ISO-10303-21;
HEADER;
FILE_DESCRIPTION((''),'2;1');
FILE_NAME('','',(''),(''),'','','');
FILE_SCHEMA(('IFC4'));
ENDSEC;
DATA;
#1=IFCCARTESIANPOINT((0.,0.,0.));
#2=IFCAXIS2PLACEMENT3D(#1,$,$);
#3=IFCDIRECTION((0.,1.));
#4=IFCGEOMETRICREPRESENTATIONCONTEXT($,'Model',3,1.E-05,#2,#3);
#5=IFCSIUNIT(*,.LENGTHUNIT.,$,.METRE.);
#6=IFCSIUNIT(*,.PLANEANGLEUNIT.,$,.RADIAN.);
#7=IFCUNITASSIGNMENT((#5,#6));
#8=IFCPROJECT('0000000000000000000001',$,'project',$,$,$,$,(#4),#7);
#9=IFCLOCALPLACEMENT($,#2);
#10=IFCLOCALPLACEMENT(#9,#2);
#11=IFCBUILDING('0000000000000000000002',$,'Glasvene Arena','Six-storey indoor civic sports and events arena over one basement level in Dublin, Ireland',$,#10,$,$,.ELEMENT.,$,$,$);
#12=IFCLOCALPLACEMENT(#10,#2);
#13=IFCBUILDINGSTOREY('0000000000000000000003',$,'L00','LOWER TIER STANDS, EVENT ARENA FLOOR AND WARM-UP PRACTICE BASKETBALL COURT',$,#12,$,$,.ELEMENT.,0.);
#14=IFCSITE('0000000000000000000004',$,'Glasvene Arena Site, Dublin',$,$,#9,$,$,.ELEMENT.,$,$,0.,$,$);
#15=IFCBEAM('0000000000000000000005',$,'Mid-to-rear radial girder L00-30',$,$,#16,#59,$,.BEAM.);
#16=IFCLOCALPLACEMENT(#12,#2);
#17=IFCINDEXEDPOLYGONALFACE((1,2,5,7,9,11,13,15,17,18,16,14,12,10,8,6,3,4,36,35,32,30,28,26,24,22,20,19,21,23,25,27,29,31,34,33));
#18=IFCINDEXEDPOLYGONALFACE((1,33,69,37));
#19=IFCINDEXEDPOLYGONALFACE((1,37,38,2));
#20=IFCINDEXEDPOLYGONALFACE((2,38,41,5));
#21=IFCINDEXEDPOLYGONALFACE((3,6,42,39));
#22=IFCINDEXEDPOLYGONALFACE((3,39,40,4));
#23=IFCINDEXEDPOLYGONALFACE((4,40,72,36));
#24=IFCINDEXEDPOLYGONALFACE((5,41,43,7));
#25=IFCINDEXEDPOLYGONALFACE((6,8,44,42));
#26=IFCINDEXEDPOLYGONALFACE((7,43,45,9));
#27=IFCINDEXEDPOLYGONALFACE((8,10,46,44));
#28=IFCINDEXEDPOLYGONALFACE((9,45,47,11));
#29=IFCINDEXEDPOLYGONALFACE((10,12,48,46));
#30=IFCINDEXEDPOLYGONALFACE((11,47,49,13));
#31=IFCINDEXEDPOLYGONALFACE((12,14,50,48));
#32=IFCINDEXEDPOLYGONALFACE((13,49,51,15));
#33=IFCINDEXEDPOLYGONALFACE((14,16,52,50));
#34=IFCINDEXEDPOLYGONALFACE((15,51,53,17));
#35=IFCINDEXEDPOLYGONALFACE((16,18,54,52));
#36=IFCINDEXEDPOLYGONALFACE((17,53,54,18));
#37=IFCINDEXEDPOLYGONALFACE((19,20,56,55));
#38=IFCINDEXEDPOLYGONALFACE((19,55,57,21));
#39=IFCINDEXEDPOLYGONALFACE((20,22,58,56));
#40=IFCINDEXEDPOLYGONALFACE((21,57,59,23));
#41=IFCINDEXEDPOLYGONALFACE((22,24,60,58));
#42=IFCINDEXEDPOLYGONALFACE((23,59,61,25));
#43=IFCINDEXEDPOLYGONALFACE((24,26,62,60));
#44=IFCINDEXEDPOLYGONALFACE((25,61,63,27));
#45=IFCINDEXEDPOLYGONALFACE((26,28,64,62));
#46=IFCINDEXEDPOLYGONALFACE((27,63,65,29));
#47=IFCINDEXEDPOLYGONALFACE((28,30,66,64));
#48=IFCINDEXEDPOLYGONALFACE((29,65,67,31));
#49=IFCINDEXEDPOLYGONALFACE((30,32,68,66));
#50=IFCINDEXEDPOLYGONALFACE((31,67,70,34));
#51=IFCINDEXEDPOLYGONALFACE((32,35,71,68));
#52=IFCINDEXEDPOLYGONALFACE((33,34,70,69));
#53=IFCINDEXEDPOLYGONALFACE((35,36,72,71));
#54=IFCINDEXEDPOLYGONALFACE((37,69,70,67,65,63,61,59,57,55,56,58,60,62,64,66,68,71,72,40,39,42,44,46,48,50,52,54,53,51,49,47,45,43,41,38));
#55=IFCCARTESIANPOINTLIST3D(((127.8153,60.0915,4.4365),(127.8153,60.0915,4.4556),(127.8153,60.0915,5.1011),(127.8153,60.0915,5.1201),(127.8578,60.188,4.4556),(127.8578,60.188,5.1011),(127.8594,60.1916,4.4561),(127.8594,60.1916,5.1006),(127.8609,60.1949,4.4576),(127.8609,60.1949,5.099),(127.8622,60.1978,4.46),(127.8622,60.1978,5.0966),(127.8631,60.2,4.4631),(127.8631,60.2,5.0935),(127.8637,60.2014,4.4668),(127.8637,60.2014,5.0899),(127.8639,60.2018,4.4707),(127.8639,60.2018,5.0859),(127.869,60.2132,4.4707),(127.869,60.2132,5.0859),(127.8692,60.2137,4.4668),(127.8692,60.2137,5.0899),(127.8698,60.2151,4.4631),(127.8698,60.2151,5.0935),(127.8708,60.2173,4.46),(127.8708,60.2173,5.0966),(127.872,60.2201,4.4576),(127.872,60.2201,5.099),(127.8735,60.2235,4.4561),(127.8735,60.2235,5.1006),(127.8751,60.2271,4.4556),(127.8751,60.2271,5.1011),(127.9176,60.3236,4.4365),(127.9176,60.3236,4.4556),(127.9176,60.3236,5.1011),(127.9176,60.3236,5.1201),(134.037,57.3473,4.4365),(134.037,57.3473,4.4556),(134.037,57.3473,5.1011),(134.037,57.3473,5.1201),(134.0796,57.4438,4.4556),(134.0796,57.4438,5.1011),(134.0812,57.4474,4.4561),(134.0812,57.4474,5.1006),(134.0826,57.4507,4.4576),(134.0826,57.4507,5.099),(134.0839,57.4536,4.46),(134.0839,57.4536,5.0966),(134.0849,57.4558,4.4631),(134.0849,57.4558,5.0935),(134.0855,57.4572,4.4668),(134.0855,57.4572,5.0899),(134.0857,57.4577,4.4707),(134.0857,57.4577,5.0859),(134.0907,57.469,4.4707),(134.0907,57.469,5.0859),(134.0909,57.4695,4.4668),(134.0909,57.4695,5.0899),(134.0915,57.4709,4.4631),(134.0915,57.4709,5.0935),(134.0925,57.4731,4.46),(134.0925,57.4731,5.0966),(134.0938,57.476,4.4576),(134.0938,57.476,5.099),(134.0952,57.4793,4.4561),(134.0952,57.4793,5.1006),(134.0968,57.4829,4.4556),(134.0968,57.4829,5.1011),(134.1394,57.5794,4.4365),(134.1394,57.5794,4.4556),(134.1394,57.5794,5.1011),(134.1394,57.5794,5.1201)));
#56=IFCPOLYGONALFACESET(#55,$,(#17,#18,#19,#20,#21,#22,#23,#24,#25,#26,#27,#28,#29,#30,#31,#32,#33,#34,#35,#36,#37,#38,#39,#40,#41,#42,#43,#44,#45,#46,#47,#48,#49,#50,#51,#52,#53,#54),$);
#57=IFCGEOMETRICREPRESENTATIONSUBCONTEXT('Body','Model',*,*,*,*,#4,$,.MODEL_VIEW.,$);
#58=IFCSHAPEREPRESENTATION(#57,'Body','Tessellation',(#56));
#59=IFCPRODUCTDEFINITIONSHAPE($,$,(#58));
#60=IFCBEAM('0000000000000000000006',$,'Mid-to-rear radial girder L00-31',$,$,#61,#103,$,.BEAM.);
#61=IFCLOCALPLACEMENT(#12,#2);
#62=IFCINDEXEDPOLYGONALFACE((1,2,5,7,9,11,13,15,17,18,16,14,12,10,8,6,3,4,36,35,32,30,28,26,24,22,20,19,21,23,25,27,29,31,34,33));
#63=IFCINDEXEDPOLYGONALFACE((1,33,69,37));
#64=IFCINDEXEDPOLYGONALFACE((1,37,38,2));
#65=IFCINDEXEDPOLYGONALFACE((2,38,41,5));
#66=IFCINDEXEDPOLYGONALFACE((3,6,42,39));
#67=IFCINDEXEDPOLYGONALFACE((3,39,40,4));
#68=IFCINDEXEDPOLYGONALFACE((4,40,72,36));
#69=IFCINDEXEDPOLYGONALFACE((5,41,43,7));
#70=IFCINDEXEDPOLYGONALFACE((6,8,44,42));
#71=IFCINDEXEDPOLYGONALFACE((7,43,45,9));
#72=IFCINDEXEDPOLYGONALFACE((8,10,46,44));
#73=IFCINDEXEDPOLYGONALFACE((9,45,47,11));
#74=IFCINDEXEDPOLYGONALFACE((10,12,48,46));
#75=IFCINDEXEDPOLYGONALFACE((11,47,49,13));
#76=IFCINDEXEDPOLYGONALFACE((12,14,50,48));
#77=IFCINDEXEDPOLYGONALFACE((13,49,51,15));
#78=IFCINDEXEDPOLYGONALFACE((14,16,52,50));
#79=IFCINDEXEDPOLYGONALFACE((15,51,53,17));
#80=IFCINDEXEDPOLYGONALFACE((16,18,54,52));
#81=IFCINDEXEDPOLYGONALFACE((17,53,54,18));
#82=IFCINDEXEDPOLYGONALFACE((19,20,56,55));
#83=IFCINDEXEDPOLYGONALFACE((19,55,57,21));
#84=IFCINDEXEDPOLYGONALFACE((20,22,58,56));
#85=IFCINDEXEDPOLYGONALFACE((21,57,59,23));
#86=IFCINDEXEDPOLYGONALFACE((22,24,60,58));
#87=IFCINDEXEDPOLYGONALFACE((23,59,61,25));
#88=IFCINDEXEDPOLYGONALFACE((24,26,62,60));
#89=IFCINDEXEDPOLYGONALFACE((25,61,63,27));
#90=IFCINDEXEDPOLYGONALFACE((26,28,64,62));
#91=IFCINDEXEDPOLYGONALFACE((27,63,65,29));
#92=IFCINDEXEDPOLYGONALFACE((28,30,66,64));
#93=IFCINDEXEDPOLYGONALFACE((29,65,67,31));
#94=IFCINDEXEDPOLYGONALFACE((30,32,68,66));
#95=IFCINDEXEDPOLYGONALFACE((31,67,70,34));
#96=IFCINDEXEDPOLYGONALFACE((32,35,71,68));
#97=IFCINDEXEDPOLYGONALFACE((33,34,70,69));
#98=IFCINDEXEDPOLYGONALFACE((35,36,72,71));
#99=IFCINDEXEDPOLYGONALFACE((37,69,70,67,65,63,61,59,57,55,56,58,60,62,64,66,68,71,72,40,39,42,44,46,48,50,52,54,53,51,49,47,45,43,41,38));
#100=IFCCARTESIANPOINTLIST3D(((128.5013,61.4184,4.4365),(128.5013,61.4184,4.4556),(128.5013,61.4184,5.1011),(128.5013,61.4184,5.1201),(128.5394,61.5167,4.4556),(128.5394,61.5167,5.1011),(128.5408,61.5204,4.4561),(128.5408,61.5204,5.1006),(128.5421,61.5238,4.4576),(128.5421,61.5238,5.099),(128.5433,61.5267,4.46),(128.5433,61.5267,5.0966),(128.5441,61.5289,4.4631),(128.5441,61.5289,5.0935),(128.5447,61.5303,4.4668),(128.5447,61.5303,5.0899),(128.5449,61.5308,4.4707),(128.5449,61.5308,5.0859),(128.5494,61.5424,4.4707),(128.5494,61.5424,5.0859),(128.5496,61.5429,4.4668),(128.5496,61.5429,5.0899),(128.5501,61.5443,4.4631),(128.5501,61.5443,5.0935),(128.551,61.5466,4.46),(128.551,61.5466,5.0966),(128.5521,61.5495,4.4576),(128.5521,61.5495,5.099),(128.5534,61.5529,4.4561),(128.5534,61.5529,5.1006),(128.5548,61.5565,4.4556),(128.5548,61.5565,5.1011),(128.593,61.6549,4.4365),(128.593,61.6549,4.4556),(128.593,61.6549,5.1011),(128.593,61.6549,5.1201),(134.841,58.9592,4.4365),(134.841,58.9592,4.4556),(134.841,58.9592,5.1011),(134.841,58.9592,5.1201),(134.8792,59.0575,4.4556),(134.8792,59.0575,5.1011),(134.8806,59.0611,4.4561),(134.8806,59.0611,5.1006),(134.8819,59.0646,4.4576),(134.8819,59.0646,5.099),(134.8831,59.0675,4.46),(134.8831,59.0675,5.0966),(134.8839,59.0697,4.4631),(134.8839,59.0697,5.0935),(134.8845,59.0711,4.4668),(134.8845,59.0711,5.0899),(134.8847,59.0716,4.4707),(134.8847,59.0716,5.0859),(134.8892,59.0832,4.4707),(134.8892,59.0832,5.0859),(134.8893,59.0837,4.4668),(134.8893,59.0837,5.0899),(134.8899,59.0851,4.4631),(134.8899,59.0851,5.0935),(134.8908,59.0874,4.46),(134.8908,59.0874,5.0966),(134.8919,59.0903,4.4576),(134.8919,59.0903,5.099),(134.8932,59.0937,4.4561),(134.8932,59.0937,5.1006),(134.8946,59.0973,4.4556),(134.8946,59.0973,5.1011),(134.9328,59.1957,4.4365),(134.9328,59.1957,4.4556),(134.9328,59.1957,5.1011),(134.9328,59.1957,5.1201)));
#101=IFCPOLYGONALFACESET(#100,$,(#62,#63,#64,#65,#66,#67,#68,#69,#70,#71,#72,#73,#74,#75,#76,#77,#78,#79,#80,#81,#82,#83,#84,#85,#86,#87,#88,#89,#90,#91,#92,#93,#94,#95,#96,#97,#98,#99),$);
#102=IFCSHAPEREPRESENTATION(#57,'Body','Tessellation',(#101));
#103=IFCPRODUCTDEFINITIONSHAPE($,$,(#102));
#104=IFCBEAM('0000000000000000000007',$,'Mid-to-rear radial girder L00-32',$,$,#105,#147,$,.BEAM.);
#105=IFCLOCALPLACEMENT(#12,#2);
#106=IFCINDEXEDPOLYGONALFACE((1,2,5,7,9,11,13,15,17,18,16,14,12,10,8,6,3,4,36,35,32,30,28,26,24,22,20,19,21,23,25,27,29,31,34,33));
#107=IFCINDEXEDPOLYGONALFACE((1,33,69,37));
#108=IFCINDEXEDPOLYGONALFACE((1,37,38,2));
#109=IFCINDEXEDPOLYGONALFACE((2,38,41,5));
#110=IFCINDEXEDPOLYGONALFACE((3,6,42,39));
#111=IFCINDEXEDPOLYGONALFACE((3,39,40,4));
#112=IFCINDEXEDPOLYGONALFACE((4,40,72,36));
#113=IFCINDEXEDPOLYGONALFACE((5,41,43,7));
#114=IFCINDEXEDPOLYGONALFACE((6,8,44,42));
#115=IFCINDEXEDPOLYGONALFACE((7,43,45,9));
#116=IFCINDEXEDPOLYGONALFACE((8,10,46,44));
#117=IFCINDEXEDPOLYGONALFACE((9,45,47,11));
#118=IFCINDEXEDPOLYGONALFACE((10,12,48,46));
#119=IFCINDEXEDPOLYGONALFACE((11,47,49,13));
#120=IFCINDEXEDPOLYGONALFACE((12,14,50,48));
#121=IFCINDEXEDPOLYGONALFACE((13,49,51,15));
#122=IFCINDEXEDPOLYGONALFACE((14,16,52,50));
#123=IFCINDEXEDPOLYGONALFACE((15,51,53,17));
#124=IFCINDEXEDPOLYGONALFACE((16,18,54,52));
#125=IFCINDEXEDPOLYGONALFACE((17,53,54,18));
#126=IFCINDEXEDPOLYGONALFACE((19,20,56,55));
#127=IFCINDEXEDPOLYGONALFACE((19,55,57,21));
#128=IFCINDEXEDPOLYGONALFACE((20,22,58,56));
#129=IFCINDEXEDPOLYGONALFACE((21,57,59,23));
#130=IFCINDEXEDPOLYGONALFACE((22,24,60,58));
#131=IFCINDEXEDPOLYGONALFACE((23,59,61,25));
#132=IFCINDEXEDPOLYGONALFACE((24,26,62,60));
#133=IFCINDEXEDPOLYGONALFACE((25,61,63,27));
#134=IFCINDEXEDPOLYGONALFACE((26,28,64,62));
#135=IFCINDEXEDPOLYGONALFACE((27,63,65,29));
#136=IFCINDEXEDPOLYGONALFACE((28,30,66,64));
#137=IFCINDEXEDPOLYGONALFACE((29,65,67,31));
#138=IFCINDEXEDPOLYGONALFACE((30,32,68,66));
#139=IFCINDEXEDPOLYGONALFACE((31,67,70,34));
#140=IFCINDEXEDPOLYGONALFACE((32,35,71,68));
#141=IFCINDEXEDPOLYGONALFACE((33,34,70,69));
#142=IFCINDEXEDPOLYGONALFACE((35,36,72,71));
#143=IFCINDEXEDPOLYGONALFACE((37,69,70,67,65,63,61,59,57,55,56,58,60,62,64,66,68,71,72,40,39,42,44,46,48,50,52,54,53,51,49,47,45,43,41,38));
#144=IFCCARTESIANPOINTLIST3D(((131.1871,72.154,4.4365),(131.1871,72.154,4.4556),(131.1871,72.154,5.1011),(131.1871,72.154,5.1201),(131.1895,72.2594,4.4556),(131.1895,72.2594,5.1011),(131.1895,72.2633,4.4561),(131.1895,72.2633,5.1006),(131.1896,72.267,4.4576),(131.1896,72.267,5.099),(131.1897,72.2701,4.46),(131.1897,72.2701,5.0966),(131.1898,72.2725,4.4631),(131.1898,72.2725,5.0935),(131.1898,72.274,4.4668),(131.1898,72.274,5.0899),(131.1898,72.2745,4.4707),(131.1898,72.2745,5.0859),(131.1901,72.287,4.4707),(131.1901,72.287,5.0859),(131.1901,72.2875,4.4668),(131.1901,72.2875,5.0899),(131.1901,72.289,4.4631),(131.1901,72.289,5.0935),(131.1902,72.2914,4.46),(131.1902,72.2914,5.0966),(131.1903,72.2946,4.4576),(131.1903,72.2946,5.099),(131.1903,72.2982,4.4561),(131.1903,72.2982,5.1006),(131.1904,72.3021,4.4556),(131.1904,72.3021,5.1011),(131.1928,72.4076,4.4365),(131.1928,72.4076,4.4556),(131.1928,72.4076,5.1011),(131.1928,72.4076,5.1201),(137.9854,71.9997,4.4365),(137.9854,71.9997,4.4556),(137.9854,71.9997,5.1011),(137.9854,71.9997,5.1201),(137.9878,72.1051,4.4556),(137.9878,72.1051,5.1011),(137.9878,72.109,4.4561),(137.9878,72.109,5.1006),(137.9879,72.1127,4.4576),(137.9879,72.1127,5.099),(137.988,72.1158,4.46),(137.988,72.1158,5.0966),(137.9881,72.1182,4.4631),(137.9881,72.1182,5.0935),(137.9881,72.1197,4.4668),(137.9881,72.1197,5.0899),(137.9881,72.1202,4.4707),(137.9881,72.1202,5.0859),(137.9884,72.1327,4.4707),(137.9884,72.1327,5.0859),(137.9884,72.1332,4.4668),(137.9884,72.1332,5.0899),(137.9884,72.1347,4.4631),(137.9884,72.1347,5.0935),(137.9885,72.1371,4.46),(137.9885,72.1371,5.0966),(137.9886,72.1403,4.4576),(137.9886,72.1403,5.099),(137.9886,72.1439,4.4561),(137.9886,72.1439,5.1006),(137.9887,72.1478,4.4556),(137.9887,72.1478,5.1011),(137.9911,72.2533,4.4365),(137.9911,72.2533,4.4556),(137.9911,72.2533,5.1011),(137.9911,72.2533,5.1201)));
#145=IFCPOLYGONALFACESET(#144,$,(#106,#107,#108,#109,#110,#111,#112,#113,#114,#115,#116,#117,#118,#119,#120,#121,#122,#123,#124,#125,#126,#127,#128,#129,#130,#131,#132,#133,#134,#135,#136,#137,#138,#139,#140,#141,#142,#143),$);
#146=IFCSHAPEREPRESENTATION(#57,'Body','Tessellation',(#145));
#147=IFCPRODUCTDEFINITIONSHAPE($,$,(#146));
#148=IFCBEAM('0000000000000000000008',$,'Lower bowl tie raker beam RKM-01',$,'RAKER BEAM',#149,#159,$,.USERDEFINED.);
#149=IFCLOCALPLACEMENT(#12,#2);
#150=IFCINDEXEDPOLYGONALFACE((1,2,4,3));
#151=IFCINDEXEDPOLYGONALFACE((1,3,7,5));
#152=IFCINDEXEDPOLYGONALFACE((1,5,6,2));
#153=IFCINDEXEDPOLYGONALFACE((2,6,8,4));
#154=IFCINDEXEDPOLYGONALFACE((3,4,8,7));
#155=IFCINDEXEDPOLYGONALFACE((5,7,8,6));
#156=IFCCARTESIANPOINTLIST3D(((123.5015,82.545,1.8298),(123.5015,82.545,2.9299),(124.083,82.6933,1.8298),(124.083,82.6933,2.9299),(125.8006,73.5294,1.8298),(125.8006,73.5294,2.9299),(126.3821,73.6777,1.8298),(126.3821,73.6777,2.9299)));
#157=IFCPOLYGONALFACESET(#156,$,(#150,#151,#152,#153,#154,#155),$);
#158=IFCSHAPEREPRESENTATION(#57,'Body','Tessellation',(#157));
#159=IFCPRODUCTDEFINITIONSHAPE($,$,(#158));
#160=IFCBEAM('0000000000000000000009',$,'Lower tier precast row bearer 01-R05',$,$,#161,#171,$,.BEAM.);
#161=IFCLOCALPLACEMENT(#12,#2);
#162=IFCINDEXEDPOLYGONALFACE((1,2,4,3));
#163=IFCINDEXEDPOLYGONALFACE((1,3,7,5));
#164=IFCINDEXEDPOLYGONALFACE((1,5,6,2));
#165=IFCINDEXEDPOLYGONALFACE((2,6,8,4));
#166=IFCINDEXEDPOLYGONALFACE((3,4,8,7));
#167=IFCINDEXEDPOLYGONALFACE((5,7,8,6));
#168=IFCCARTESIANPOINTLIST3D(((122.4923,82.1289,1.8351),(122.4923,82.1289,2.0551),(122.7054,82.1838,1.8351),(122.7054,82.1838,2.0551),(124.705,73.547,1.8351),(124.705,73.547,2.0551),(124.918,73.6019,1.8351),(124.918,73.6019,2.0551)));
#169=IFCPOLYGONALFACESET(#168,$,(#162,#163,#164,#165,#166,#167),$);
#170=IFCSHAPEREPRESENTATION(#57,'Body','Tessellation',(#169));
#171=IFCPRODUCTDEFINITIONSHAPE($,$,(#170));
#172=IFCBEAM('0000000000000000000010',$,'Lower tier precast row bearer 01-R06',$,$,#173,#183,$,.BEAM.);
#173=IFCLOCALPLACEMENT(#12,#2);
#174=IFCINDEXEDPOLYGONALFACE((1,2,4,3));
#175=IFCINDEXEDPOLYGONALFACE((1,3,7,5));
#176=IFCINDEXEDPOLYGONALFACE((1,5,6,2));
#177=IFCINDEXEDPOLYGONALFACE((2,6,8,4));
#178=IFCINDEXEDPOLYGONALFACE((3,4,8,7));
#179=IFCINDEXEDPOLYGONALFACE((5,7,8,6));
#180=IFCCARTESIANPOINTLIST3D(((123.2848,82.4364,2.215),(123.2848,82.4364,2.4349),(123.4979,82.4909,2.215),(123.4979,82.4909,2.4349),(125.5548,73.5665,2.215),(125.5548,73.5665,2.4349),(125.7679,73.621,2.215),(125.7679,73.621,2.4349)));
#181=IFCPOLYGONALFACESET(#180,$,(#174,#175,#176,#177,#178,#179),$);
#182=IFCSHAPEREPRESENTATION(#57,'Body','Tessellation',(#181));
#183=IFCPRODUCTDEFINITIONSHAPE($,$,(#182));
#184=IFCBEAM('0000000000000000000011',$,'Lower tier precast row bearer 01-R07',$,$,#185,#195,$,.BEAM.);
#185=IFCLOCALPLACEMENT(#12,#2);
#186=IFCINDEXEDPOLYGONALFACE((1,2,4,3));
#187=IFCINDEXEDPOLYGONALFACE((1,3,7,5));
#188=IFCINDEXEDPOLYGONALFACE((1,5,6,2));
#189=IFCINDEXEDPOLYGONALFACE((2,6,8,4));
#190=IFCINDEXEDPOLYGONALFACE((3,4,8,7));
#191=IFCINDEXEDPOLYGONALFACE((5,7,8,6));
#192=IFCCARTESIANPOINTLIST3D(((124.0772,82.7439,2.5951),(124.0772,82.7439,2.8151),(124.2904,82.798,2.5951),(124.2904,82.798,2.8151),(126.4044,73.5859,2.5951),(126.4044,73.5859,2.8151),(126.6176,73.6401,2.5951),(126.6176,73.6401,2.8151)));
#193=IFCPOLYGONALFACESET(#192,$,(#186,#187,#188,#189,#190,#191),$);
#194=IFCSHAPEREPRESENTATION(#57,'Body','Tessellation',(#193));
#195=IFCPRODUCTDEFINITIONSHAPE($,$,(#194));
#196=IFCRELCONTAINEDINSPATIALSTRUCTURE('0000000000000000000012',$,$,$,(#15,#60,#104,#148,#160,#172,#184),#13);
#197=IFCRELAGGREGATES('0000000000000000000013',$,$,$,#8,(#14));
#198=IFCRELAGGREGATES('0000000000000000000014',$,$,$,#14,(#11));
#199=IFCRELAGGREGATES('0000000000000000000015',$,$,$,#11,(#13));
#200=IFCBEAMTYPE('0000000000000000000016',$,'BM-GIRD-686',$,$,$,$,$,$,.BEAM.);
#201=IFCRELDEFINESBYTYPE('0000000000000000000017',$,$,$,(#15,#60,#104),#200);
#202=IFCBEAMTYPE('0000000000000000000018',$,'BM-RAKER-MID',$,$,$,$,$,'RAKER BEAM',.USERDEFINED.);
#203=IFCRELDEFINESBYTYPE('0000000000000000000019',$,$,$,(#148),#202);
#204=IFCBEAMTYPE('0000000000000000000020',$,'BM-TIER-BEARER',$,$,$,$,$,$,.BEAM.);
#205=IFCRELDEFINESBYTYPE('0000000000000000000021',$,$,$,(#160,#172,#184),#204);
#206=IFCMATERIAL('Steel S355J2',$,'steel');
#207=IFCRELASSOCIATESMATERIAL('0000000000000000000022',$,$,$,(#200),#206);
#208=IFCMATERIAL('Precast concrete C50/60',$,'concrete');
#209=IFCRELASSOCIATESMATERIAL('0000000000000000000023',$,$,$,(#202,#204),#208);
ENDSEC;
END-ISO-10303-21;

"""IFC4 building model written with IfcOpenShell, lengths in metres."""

from ifc_helpers import new_model, si_unit, direction, frame, origin, origin_2d, place, context, subcontext, project, spatial, rectangle, i_section, extrude, material, material_profile, profile_set, type_object, element, save


model = new_model("IFC4")

# Units and contexts
model_context = context("Model", 3, precision=1e-05, world=origin(), true_north=direction((0.0, 1.0)))
body_context = subcontext(model_context, "Body", "Model", "MODEL_VIEW")
ifc_project = project(units=[si_unit("LENGTHUNIT", "METRE"), si_unit("PLANEANGLEUNIT", "RADIAN")], contexts=[model_context])

# Site, building, storey
site_placement = place(None, origin())
site = spatial("IfcSite", under=ifc_project, at=site_placement, Name="Glasvene Arena Site, Dublin", CompositionType="ELEMENT", RefElevation=0.0)
building_placement = place(site_placement, origin())
building = spatial("IfcBuilding", under=site, at=building_placement, Name="Glasvene Arena", Description="Six-storey indoor civic sports and events arena over one basement level in Dublin, Ireland", CompositionType="ELEMENT")
storey_placement = place(building_placement, origin())
storey = spatial("IfcBuildingStorey", under=building, at=storey_placement, Name="L00", Description="LOWER TIER STANDS, EVENT ARENA FLOOR AND WARM-UP PRACTICE BASKETBALL COURT", CompositionType="ELEMENT", Elevation=0.0)

# Beams
ifc_material_1 = material(Name="Steel S355J2", Category="steel")
ifc_material_profile_1 = material_profile(ifc_material_1, i_section(OverallWidth=0.2537, OverallDepth=0.6836, WebThickness=0.0125, FlangeThickness=0.019, FilletRadius=0.0151, at=origin_2d()), Name="UKB 686x254x140")
ifc_profile_set_1 = profile_set([ifc_material_profile_1], Name="Steel S355J2")
beam_type_1 = type_object("IfcBeamType", Name="BM-GIRD-686", PredefinedType="BEAM", material=ifc_profile_set_1)
for number, where, z_axis, x_axis, name in (
    (1, (127.8665, 60.2075, 4.7783), (0.914957, -0.403552, 0.0), (0.403552, 0.914957, 0.0), "Mid-to-rear radial girder L00-30"),
    (2, (128.5471, 61.5366, 4.7783), (0.932316, -0.361646, 0.0), (0.361646, 0.932316, 0.0), "Mid-to-rear radial girder L00-31"),
    (3, (131.1899, 72.2808, 4.7783), (0.999743, -0.02269, 0.0), (0.02269, 0.999743, 0.0), "Mid-to-rear radial girder L00-32"),
):
    element("IfcBeam", number, at=place(storey_placement, frame(where, z_axis=z_axis, x_axis=x_axis)), inside=storey, type_object=beam_type_1, Name=name, PredefinedType="BEAM", context=body_context, shape_type="SweptSolid", body=[
        extrude(i_section(OverallWidth=0.2537, OverallDepth=0.6836, WebThickness=0.0125, FlangeThickness=0.019, FilletRadius=0.0151, at=origin_2d()), origin(), (0.0, 0.0, 1.0), 6.8),
    ])
ifc_material_2 = material(Name="Precast concrete C50/60", Category="concrete")
ifc_material_profile_2 = material_profile(ifc_material_2, rectangle(XDim=0.6001, YDim=1.1001, at=origin_2d()), Name="RC 600x1100")
ifc_profile_set_2 = profile_set([ifc_material_profile_2], Name="Precast concrete C50/60")
beam_type_2 = type_object("IfcBeamType", Name="BM-RAKER-MID", ElementType="RAKER BEAM", PredefinedType="USERDEFINED", material=ifc_profile_set_2)
beam_1_placement = place(storey_placement, frame((126.0913, 73.6035, 2.3799), z_axis=(-0.247102, 0.96899, 0.0), x_axis=(-0.96899, -0.247102, 0.0)))
element("IfcBeam", 4, at=beam_1_placement, inside=storey, type_object=beam_type_2, Name="Lower bowl tie raker beam RKM-01", ObjectType="RAKER BEAM", PredefinedType="USERDEFINED", context=body_context, shape_type="SweptSolid", body=[
    extrude(rectangle(XDim=0.6001, YDim=1.1001, at=origin_2d()), origin(), (0.0, 0.0, 1.0), 9.3042),
])
ifc_material_profile_3 = material_profile(ifc_material_2, rectangle(XDim=0.22, YDim=0.22, at=origin_2d()), Name="RC 220x220")
ifc_profile_set_3 = profile_set([ifc_material_profile_3], Name="Precast concrete C50/60")
beam_type_3 = type_object("IfcBeamType", Name="BM-TIER-BEARER", PredefinedType="BEAM", material=ifc_profile_set_3)
beam_2_placement = place(storey_placement, frame((124.8115, 73.5745, 1.9451), z_axis=(-0.249666, 0.968332, 0.0), x_axis=(-0.968332, -0.249666, 0.0)))
element("IfcBeam", 5, at=beam_2_placement, inside=storey, type_object=beam_type_3, Name="Lower tier precast row bearer 01-R05", PredefinedType="BEAM", context=body_context, shape_type="SweptSolid", body=[
    extrude(rectangle(XDim=0.22, YDim=0.22, at=origin_2d()), origin(), (0.0, 0.0, 1.0), 8.8625),
])
beam_3_placement = place(storey_placement, frame((125.6614, 73.5938, 2.325), z_axis=(-0.247934, 0.968777, 0.0), x_axis=(-0.968777, -0.247934, 0.0)))
element("IfcBeam", 6, at=beam_3_placement, inside=storey, type_object=beam_type_3, Name="Lower tier precast row bearer 01-R06", PredefinedType="BEAM", context=body_context, shape_type="SweptSolid", body=[
    extrude(rectangle(XDim=0.22, YDim=0.22, at=origin_2d()), origin(), (0.0, 0.0, 1.0), 9.1558),
])
beam_4_placement = place(storey_placement, frame((126.511, 73.613, 2.7051), z_axis=(-0.246285, 0.969197, 0.0), x_axis=(-0.969197, -0.246285, 0.0)))
element("IfcBeam", 7, at=beam_4_placement, inside=storey, type_object=beam_type_3, Name="Lower tier precast row bearer 01-R07", PredefinedType="BEAM", context=body_context, shape_type="SweptSolid", body=[
    extrude(rectangle(XDim=0.22, YDim=0.22, at=origin_2d()), origin(), (0.0, 0.0, 1.0), 9.449),
])

save(model, "model.ifc")
